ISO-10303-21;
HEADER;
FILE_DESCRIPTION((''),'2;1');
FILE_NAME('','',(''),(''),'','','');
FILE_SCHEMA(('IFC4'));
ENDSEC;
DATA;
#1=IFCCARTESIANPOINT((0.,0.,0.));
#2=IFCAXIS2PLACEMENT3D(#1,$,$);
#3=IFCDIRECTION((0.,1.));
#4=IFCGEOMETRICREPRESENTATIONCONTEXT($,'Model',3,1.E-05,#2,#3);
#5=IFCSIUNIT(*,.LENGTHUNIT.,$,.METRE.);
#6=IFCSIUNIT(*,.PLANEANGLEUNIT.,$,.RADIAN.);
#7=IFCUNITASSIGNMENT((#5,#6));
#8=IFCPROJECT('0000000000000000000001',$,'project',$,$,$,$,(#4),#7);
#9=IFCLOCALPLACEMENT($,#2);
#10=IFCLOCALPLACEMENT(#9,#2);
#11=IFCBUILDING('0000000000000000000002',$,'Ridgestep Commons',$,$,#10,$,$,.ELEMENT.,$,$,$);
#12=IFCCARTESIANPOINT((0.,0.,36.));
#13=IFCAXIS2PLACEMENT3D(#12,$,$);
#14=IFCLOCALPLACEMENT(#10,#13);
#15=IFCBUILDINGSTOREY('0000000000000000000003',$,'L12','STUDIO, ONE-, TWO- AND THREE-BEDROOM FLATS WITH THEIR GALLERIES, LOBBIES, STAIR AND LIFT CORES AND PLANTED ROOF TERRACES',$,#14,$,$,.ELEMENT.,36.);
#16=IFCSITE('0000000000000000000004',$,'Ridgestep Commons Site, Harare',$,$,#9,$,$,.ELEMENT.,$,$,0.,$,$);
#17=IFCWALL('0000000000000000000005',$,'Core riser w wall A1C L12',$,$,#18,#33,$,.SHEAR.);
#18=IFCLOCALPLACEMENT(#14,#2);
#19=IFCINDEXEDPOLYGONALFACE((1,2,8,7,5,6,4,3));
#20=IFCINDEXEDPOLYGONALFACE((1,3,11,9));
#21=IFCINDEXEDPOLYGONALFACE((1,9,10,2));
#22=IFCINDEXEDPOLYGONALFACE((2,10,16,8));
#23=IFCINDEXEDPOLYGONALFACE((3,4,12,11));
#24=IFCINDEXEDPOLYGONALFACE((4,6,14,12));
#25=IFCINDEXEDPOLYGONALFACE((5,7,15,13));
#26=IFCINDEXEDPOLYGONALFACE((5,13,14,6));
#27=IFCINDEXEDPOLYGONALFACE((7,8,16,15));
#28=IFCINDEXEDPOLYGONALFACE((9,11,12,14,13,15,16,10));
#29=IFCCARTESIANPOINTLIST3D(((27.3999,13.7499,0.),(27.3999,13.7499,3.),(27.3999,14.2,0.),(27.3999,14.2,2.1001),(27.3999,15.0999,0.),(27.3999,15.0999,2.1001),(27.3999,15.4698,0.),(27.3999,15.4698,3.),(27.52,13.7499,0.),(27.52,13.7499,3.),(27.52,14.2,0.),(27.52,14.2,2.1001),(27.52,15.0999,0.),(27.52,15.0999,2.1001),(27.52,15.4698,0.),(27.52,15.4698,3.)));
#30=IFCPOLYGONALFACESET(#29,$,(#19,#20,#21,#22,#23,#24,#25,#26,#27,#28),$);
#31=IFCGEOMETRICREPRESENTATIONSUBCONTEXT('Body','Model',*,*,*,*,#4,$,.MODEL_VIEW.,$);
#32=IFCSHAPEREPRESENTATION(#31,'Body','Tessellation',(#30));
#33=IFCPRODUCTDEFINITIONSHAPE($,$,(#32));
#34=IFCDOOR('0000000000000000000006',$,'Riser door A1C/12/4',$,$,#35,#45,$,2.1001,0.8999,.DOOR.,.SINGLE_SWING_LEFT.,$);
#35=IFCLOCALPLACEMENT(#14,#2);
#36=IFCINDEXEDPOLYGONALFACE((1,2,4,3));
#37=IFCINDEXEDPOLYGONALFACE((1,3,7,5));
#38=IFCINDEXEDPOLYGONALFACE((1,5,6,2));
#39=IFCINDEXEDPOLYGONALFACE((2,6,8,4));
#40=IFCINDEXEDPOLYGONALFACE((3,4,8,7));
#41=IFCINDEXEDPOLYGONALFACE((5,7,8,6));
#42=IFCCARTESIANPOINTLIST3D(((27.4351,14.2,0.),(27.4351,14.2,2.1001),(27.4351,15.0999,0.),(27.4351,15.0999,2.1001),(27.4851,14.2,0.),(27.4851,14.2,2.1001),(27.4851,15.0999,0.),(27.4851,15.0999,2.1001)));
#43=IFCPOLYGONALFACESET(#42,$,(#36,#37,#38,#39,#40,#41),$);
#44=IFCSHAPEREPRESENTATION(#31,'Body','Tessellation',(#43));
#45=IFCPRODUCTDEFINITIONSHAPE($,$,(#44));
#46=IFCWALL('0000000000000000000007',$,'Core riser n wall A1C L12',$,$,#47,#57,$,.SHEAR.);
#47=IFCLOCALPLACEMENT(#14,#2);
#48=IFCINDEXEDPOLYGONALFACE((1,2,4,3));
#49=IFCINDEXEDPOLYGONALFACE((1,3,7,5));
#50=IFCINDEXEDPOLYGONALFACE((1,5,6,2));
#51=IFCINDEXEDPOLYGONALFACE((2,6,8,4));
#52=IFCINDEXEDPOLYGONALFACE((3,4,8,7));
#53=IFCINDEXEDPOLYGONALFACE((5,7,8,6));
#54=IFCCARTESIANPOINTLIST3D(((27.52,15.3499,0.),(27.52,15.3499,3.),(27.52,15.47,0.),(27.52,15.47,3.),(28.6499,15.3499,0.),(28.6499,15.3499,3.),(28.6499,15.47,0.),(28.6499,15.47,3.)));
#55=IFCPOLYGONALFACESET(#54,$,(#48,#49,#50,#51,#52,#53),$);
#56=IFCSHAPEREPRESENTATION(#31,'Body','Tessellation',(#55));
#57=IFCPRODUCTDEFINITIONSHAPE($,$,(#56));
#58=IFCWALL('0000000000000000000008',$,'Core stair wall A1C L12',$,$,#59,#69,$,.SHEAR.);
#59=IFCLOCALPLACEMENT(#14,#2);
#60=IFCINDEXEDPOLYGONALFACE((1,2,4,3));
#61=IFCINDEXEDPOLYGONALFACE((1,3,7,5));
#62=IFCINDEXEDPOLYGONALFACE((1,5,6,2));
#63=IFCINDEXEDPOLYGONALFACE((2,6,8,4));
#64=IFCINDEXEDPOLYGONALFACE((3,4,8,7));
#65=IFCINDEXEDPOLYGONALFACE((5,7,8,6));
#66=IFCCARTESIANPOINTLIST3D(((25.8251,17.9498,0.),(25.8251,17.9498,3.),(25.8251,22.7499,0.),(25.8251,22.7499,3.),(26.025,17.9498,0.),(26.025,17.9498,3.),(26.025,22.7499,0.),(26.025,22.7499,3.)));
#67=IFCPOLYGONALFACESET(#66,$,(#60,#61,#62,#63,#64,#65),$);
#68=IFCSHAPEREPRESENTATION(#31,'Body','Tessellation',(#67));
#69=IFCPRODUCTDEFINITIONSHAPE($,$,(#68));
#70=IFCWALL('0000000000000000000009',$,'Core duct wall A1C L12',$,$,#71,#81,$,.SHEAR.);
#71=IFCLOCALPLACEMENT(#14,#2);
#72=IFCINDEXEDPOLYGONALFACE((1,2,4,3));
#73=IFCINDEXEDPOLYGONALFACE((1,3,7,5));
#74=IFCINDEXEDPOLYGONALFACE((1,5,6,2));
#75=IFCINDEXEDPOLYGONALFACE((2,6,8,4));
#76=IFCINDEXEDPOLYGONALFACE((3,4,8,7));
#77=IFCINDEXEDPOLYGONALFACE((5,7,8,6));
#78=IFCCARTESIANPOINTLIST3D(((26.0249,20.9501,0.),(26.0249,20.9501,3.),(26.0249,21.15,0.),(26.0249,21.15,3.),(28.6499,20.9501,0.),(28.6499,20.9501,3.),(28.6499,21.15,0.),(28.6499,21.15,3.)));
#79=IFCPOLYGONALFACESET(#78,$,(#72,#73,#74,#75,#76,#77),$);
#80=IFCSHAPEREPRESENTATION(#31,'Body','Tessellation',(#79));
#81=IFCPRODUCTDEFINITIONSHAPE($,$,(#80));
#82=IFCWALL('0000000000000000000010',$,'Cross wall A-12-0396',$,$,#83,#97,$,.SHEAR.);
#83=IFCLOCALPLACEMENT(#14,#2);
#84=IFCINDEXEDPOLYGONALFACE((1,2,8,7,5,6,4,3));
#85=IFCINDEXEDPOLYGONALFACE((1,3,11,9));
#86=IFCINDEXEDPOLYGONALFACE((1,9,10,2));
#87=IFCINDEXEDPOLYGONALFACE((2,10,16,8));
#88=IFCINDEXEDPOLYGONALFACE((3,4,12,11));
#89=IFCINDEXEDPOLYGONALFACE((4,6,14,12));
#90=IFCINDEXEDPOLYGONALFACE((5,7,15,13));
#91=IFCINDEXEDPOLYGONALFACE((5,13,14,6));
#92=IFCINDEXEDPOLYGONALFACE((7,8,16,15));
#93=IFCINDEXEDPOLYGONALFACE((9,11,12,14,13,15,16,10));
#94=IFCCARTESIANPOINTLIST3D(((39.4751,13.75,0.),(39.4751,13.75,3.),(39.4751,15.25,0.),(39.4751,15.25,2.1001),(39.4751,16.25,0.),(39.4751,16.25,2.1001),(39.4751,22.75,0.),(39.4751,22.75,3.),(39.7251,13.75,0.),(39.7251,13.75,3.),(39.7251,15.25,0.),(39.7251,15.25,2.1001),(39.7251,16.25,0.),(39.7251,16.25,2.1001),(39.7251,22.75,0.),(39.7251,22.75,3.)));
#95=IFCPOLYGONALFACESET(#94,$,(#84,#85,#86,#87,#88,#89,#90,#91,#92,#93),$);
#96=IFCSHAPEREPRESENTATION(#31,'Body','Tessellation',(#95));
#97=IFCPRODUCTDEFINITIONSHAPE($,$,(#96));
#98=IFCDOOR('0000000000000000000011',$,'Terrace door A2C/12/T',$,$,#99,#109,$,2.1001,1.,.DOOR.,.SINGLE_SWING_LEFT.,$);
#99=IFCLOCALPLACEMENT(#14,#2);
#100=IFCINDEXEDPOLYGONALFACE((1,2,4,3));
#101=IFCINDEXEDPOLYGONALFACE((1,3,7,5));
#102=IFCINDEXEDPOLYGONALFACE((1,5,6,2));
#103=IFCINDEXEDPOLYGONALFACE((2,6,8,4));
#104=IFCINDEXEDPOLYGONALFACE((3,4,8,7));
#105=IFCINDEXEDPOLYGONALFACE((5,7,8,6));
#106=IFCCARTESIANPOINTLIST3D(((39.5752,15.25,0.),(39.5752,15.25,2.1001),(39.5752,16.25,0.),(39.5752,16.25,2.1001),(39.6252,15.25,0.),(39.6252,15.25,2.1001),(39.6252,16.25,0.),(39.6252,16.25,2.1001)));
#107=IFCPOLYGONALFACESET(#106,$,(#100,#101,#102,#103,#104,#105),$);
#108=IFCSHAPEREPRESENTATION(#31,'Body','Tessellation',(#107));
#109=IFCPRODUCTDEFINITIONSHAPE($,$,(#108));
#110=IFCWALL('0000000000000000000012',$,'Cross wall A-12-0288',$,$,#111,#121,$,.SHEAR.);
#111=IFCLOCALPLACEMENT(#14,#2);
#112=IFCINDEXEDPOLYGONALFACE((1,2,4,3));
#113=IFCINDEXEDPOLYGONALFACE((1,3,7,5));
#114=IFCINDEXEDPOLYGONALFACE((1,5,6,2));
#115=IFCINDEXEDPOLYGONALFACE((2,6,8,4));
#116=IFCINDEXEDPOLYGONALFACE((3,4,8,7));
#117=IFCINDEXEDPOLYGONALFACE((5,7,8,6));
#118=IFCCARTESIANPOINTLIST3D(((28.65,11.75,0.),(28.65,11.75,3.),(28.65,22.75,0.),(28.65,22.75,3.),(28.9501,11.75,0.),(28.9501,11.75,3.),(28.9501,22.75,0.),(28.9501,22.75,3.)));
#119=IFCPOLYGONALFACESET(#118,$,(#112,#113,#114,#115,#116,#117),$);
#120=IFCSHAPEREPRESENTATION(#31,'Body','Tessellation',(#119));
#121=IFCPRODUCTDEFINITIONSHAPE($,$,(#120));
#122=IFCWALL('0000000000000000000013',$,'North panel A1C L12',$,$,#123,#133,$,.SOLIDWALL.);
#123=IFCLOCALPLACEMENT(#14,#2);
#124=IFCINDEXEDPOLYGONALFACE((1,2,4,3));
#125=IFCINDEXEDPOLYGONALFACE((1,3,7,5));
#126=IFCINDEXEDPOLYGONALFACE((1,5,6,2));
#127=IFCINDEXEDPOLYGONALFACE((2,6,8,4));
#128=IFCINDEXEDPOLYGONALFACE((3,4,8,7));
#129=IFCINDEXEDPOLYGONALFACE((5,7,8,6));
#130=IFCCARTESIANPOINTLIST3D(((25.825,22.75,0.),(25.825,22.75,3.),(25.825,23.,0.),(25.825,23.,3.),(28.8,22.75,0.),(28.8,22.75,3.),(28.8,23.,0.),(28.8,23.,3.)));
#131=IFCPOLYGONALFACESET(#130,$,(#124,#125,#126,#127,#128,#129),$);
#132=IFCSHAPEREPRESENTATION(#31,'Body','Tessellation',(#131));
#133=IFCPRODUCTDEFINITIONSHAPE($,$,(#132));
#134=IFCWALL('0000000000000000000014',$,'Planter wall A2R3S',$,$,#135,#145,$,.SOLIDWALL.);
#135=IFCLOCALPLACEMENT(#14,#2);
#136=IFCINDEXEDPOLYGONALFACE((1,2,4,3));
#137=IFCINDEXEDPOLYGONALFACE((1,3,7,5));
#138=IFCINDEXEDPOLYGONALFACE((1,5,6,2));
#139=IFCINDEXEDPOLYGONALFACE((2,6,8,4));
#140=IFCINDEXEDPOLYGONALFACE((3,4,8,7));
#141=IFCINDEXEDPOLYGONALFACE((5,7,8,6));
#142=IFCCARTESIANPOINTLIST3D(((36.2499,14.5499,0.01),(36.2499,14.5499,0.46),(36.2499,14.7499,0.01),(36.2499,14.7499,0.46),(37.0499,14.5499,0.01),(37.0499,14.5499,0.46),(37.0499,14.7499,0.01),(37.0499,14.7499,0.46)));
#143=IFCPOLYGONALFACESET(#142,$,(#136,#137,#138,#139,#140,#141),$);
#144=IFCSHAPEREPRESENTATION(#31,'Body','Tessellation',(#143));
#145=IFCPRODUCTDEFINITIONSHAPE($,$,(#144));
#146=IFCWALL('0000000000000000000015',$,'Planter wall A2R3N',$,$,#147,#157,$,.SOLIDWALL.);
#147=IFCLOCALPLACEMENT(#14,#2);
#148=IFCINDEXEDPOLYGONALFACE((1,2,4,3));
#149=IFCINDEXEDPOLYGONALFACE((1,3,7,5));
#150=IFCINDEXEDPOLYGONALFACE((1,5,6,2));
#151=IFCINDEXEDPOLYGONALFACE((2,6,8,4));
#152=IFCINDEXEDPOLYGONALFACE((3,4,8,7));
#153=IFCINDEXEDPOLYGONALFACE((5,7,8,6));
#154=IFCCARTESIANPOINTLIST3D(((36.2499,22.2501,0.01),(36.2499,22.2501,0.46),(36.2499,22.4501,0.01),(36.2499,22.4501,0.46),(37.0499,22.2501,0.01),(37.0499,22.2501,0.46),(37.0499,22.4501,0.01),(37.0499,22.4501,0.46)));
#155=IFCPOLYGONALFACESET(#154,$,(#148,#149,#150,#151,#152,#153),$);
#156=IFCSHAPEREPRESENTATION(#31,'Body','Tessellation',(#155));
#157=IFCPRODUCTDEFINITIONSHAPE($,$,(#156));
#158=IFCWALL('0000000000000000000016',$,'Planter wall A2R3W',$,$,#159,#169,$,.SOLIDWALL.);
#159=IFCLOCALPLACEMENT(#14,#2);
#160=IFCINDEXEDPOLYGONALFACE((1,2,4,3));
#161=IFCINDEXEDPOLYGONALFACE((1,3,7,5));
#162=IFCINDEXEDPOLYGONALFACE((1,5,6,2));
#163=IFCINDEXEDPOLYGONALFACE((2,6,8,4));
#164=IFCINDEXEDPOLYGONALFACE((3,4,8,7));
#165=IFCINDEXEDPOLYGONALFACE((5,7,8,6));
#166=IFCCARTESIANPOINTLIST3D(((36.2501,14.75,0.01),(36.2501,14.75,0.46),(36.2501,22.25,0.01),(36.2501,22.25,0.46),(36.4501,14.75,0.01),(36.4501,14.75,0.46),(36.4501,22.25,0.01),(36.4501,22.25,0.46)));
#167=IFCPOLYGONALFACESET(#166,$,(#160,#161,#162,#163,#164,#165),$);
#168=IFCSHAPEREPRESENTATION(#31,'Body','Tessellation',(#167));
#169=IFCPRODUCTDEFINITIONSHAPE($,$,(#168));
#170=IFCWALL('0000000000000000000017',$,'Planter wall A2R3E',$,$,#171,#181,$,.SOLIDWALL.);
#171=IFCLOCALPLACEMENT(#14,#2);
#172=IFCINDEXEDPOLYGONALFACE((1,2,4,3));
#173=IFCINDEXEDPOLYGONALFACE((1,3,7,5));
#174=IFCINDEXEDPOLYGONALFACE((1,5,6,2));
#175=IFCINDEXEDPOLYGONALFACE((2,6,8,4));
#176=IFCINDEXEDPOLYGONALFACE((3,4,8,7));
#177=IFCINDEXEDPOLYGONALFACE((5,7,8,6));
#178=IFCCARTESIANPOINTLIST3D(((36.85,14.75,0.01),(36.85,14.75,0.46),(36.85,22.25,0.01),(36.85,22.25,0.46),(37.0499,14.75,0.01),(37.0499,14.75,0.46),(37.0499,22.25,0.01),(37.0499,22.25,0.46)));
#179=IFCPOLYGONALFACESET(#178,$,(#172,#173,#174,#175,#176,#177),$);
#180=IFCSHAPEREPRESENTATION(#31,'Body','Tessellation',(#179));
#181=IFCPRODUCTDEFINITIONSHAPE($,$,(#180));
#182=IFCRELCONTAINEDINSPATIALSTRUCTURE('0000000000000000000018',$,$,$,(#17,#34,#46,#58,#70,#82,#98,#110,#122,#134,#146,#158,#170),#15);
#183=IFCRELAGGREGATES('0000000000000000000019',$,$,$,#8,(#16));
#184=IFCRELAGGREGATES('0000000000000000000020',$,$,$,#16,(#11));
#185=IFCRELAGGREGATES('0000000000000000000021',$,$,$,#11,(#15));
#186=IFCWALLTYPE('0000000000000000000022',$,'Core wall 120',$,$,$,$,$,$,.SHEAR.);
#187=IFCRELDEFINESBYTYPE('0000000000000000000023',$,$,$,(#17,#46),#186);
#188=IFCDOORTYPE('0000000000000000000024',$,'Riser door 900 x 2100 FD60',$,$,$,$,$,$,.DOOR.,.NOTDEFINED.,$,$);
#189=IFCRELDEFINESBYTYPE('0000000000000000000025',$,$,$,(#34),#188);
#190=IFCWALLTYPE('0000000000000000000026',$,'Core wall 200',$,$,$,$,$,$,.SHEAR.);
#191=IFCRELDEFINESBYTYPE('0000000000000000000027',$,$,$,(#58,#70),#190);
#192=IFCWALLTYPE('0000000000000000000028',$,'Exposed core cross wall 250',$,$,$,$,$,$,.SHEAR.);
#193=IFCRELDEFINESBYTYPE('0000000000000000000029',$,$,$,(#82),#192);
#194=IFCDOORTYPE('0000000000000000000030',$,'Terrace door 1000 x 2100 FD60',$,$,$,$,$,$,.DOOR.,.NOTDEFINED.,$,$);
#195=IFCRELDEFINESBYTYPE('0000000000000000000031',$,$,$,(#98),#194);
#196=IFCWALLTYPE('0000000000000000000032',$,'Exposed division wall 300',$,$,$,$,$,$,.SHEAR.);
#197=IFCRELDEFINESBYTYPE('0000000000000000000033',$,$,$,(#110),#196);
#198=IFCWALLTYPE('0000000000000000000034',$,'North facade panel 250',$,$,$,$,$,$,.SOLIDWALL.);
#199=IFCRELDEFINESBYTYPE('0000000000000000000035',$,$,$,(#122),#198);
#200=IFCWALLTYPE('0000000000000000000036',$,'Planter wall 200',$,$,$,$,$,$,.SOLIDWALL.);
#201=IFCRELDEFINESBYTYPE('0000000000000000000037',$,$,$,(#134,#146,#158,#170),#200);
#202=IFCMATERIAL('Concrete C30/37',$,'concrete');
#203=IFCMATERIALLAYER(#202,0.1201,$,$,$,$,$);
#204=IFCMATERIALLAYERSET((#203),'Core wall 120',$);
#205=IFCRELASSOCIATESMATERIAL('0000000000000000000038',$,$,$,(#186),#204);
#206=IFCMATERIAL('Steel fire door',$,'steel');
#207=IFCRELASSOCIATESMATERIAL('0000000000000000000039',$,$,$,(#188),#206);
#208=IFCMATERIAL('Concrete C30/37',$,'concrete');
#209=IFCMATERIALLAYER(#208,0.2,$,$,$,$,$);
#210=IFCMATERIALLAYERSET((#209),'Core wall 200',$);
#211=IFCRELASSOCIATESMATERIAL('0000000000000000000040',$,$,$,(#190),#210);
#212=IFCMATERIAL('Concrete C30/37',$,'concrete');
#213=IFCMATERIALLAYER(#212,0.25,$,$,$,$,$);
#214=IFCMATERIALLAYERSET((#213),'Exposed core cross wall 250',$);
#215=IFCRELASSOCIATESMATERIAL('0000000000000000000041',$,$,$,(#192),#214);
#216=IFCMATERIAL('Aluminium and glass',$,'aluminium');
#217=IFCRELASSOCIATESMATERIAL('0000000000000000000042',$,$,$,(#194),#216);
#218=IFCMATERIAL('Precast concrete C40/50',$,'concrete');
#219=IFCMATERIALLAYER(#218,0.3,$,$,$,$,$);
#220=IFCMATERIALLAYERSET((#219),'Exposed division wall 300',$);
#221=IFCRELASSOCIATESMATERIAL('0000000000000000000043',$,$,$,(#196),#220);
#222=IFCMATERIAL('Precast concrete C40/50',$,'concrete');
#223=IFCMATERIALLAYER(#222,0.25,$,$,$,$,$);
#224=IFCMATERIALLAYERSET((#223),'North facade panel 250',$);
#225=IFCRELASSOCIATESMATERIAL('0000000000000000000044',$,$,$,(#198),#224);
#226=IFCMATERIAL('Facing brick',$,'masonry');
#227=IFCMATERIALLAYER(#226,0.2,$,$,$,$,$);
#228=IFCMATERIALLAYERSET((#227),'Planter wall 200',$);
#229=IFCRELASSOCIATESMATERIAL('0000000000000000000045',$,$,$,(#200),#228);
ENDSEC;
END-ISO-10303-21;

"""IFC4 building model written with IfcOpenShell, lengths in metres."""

from ifc_helpers import new_model, si_unit, direction, frame, frame_2d, origin, place, context, subcontext, project, spatial, rectangle, extrude, material, layer, layer_set, type_object, element, fill, save


model = new_model("IFC4")

# Units and contexts
model_context = context("Model", 3, precision=1e-05, world=origin(), true_north=direction((0.0, 1.0)))
body_context = subcontext(model_context, "Body", "Model", "MODEL_VIEW")
ifc_project = project(units=[si_unit("LENGTHUNIT", "METRE"), si_unit("PLANEANGLEUNIT", "RADIAN")], contexts=[model_context])

# Site, building, storey
site_placement = place(None, origin())
site = spatial("IfcSite", under=ifc_project, at=site_placement, Name="Ridgestep Commons Site, Harare", CompositionType="ELEMENT", RefElevation=0.0)
building_placement = place(site_placement, origin())
building = spatial("IfcBuilding", under=site, at=building_placement, Name="Ridgestep Commons", CompositionType="ELEMENT")
storey_placement = place(building_placement, frame((0.0, 0.0, 36.0)))
storey = spatial("IfcBuildingStorey", under=building, at=storey_placement, Name="L12", Description="STUDIO, ONE-, TWO- AND THREE-BEDROOM FLATS WITH THEIR GALLERIES, LOBBIES, STAIR AND LIFT CORES AND PLANTED ROOF TERRACES", CompositionType="ELEMENT", Elevation=36.0)

# Wall, opening, door
ifc_material_1 = material(Name="Concrete C30/37", Category="concrete")
ifc_layer_1 = layer(ifc_material_1, 0.1201)
ifc_layer_set_1 = layer_set([ifc_layer_1], Name="Core wall 120")
wall_type_1 = type_object("IfcWallType", Name="Core wall 120", PredefinedType="SHEAR", material=ifc_layer_set_1)
wall_1_placement = place(storey_placement, frame((27.46, 13.75, 0.0), z_axis=(0.0, 0.0, 1.0), x_axis=(0.0, 1.0, 0.0)))
wall_1 = element("IfcWall", 1, at=wall_1_placement, inside=storey, type_object=wall_type_1, Name="Core riser w wall A1C L12", PredefinedType="SHEAR", context=body_context, shape_type="SweptSolid", body=[
    extrude(rectangle(XDim=1.72, YDim=0.1201, at=frame_2d((0.8599, 0.0))), origin(), (0.0, 0.0, 1.0), 3.0),
])
opening_1_placement = place(wall_1_placement, frame((0.45, 0.0, 0.0)))
opening_1 = element("IfcOpeningElement", 2, at=opening_1_placement, cuts=wall_1, PredefinedType="OPENING", context=body_context, shape_type="SweptSolid", body=[
    extrude(rectangle(XDim=0.8999, YDim=2.1001, at=frame_2d((0.45, 1.05))), frame((0.0, 0.0701, 0.0), z_axis=(0.0, -1.0, 0.0), x_axis=(1.0, 0.0, 0.0)), (0.0, 0.0, 1.0), 0.1401),
])
ifc_material_2 = material(Name="Steel fire door", Category="steel")
door_type_1 = type_object("IfcDoorType", Name="Riser door 900 x 2100 FD60", OperationType="NOTDEFINED", PredefinedType="DOOR", material=ifc_material_2)
door_1_placement = place(opening_1_placement, origin())
door_1 = element("IfcDoor", 3, at=door_1_placement, inside=storey, type_object=door_type_1, Name="Riser door A1C/12/4", OperationType="SINGLE_SWING_LEFT", OverallHeight=2.1001, OverallWidth=0.8999, PredefinedType="DOOR", context=body_context, shape_type="SweptSolid", body=[
    extrude(rectangle(XDim=0.8999, YDim=2.1001, at=frame_2d((0.45, 1.05))), frame((0.0, 0.0249, 0.0), z_axis=(0.0, -1.0, 0.0), x_axis=(1.0, 0.0, 0.0)), (0.0, 0.0, 1.0), 0.05),
])
fill(opening_1, door_1)

# Walls
wall_2_placement = place(storey_placement, frame((27.52, 15.4099, 0.0), z_axis=(0.0, 0.0, 1.0), x_axis=(1.0, 0.0, 0.0)))
element("IfcWall", 4, at=wall_2_placement, inside=storey, type_object=wall_type_1, Name="Core riser n wall A1C L12", PredefinedType="SHEAR", context=body_context, shape_type="SweptSolid", body=[
    extrude(rectangle(XDim=1.1299, YDim=0.1201, at=frame_2d((0.5649, 0.0))), origin(), (0.0, 0.0, 1.0), 3.0),
])
ifc_material_3 = material(Name="Concrete C30/37", Category="concrete")
ifc_layer_2 = layer(ifc_material_3, 0.2)
ifc_layer_set_2 = layer_set([ifc_layer_2], Name="Core wall 200")
wall_type_2 = type_object("IfcWallType", Name="Core wall 200", PredefinedType="SHEAR", material=ifc_layer_set_2)
wall_3_placement = place(storey_placement, frame((25.925, 17.95, 0.0), z_axis=(0.0, 0.0, 1.0), x_axis=(0.0, 1.0, 0.0)))
element("IfcWall", 5, at=wall_3_placement, inside=storey, type_object=wall_type_2, Name="Core stair wall A1C L12", PredefinedType="SHEAR", context=body_context, shape_type="SweptSolid", body=[
    extrude(rectangle(XDim=4.8, YDim=0.2, at=frame_2d((2.3999, 0.0))), origin(), (0.0, 0.0, 1.0), 3.0),
])
wall_4_placement = place(storey_placement, frame((26.0249, 21.05, 0.0), z_axis=(0.0, 0.0, 1.0), x_axis=(1.0, 0.0, 0.0)))
element("IfcWall", 6, at=wall_4_placement, inside=storey, type_object=wall_type_2, Name="Core duct wall A1C L12", PredefinedType="SHEAR", context=body_context, shape_type="SweptSolid", body=[
    extrude(rectangle(XDim=2.625, YDim=0.2, at=frame_2d((1.3125, 0.0))), origin(), (0.0, 0.0, 1.0), 3.0),
])

# Wall, opening, door
ifc_material_4 = material(Name="Concrete C30/37", Category="concrete")
ifc_layer_3 = layer(ifc_material_4, 0.25)
ifc_layer_set_3 = layer_set([ifc_layer_3], Name="Exposed core cross wall 250")
wall_type_3 = type_object("IfcWallType", Name="Exposed core cross wall 250", PredefinedType="SHEAR", material=ifc_layer_set_3)
wall_5_placement = place(storey_placement, frame((39.6001, 13.75, 0.0), z_axis=(0.0, 0.0, 1.0), x_axis=(0.0, 1.0, 0.0)))
wall_5 = element("IfcWall", 7, at=wall_5_placement, inside=storey, type_object=wall_type_3, Name="Cross wall A-12-0396", PredefinedType="SHEAR", context=body_context, shape_type="SweptSolid", body=[
    extrude(rectangle(XDim=9.0, YDim=0.25, at=frame_2d((4.5, 0.0))), origin(), (0.0, 0.0, 1.0), 3.0),
])
opening_2_placement = place(wall_5_placement, frame((1.5, 0.0, 0.0)))
opening_2 = element("IfcOpeningElement", 8, at=opening_2_placement, cuts=wall_5, PredefinedType="OPENING", context=body_context, shape_type="SweptSolid", body=[
    extrude(rectangle(XDim=1.0, YDim=2.1001, at=frame_2d((0.5, 1.05))), frame((0.0, 0.135, 0.0), z_axis=(0.0, -1.0, 0.0), x_axis=(1.0, 0.0, 0.0)), (0.0, 0.0, 1.0), 0.27),
])
ifc_material_5 = material(Name="Aluminium and glass", Category="aluminium")
door_type_2 = type_object("IfcDoorType", Name="Terrace door 1000 x 2100 FD60", OperationType="NOTDEFINED", PredefinedType="DOOR", material=ifc_material_5)
door_2_placement = place(opening_2_placement, origin())
door_2 = element("IfcDoor", 9, at=door_2_placement, inside=storey, type_object=door_type_2, Name="Terrace door A2C/12/T", OperationType="SINGLE_SWING_LEFT", OverallHeight=2.1001, OverallWidth=1.0, PredefinedType="DOOR", context=body_context, shape_type="SweptSolid", body=[
    extrude(rectangle(XDim=1.0, YDim=2.1001, at=frame_2d((0.5, 1.05))), frame((0.0, 0.0249, 0.0), z_axis=(0.0, -1.0, 0.0), x_axis=(1.0, 0.0, 0.0)), (0.0, 0.0, 1.0), 0.05),
])
fill(opening_2, door_2)

# Walls
ifc_material_6 = material(Name="Precast concrete C40/50", Category="concrete")
ifc_layer_4 = layer(ifc_material_6, 0.3)
ifc_layer_set_4 = layer_set([ifc_layer_4], Name="Exposed division wall 300")
wall_type_4 = type_object("IfcWallType", Name="Exposed division wall 300", PredefinedType="SHEAR", material=ifc_layer_set_4)
wall_6_placement = place(storey_placement, frame((28.8, 11.75, 0.0), z_axis=(0.0, 0.0, 1.0), x_axis=(0.0, 1.0, 0.0)))
element("IfcWall", 10, at=wall_6_placement, inside=storey, type_object=wall_type_4, Name="Cross wall A-12-0288", PredefinedType="SHEAR", context=body_context, shape_type="SweptSolid", body=[
    extrude(rectangle(XDim=11.0, YDim=0.3, at=frame_2d((5.5, 0.0))), origin(), (0.0, 0.0, 1.0), 3.0),
])
ifc_material_7 = material(Name="Precast concrete C40/50", Category="concrete")
ifc_layer_5 = layer(ifc_material_7, 0.25)
ifc_layer_set_5 = layer_set([ifc_layer_5], Name="North facade panel 250")
wall_type_5 = type_object("IfcWallType", Name="North facade panel 250", PredefinedType="SOLIDWALL", material=ifc_layer_set_5)
wall_7_placement = place(storey_placement, frame((25.825, 22.875, 0.0), z_axis=(0.0, 0.0, 1.0), x_axis=(1.0, 0.0, 0.0)))
element("IfcWall", 11, at=wall_7_placement, inside=storey, type_object=wall_type_5, Name="North panel A1C L12", PredefinedType="SOLIDWALL", context=body_context, shape_type="SweptSolid", body=[
    extrude(rectangle(XDim=2.9751, YDim=0.25, at=frame_2d((1.4875, 0.0))), origin(), (0.0, 0.0, 1.0), 3.0),
])
ifc_material_8 = material(Name="Facing brick", Category="masonry")
ifc_layer_6 = layer(ifc_material_8, 0.2)
ifc_layer_set_6 = layer_set([ifc_layer_6], Name="Planter wall 200")
wall_type_6 = type_object("IfcWallType", Name="Planter wall 200", PredefinedType="SOLIDWALL", material=ifc_layer_set_6)
for number, where, z_axis, x_axis, name in (
    (12, (36.25, 14.6499, 0.01), (0.0, 0.0, 1.0), (1.0, 0.0, 0.0), "Planter wall A2R3S"),
    (13, (36.25, 22.3501, 0.01), (0.0, 0.0, 1.0), (1.0, 0.0, 0.0), "Planter wall A2R3N"),
):
    element("IfcWall", number, at=place(storey_placement, frame(where, z_axis=z_axis, x_axis=x_axis)), inside=storey, type_object=wall_type_6, Name=name, PredefinedType="SOLIDWALL", context=body_context, shape_type="SweptSolid", body=[
        extrude(rectangle(XDim=0.8, YDim=0.2, at=frame_2d((0.3999, 0.0))), origin(), (0.0, 0.0, 1.0), 0.45),
    ])
for number, where, z_axis, x_axis, name in (
    (14, (36.3501, 14.75, 0.01), (0.0, 0.0, 1.0), (0.0, 1.0, 0.0), "Planter wall A2R3W"),
    (15, (36.95, 14.75, 0.01), (0.0, 0.0, 1.0), (0.0, 1.0, 0.0), "Planter wall A2R3E"),
):
    element("IfcWall", number, at=place(storey_placement, frame(where, z_axis=z_axis, x_axis=x_axis)), inside=storey, type_object=wall_type_6, Name=name, PredefinedType="SOLIDWALL", context=body_context, shape_type="SweptSolid", body=[
        extrude(rectangle(XDim=7.5, YDim=0.2, at=frame_2d((3.75, 0.0))), origin(), (0.0, 0.0, 1.0), 0.45),
    ])

save(model, "model.ifc")
